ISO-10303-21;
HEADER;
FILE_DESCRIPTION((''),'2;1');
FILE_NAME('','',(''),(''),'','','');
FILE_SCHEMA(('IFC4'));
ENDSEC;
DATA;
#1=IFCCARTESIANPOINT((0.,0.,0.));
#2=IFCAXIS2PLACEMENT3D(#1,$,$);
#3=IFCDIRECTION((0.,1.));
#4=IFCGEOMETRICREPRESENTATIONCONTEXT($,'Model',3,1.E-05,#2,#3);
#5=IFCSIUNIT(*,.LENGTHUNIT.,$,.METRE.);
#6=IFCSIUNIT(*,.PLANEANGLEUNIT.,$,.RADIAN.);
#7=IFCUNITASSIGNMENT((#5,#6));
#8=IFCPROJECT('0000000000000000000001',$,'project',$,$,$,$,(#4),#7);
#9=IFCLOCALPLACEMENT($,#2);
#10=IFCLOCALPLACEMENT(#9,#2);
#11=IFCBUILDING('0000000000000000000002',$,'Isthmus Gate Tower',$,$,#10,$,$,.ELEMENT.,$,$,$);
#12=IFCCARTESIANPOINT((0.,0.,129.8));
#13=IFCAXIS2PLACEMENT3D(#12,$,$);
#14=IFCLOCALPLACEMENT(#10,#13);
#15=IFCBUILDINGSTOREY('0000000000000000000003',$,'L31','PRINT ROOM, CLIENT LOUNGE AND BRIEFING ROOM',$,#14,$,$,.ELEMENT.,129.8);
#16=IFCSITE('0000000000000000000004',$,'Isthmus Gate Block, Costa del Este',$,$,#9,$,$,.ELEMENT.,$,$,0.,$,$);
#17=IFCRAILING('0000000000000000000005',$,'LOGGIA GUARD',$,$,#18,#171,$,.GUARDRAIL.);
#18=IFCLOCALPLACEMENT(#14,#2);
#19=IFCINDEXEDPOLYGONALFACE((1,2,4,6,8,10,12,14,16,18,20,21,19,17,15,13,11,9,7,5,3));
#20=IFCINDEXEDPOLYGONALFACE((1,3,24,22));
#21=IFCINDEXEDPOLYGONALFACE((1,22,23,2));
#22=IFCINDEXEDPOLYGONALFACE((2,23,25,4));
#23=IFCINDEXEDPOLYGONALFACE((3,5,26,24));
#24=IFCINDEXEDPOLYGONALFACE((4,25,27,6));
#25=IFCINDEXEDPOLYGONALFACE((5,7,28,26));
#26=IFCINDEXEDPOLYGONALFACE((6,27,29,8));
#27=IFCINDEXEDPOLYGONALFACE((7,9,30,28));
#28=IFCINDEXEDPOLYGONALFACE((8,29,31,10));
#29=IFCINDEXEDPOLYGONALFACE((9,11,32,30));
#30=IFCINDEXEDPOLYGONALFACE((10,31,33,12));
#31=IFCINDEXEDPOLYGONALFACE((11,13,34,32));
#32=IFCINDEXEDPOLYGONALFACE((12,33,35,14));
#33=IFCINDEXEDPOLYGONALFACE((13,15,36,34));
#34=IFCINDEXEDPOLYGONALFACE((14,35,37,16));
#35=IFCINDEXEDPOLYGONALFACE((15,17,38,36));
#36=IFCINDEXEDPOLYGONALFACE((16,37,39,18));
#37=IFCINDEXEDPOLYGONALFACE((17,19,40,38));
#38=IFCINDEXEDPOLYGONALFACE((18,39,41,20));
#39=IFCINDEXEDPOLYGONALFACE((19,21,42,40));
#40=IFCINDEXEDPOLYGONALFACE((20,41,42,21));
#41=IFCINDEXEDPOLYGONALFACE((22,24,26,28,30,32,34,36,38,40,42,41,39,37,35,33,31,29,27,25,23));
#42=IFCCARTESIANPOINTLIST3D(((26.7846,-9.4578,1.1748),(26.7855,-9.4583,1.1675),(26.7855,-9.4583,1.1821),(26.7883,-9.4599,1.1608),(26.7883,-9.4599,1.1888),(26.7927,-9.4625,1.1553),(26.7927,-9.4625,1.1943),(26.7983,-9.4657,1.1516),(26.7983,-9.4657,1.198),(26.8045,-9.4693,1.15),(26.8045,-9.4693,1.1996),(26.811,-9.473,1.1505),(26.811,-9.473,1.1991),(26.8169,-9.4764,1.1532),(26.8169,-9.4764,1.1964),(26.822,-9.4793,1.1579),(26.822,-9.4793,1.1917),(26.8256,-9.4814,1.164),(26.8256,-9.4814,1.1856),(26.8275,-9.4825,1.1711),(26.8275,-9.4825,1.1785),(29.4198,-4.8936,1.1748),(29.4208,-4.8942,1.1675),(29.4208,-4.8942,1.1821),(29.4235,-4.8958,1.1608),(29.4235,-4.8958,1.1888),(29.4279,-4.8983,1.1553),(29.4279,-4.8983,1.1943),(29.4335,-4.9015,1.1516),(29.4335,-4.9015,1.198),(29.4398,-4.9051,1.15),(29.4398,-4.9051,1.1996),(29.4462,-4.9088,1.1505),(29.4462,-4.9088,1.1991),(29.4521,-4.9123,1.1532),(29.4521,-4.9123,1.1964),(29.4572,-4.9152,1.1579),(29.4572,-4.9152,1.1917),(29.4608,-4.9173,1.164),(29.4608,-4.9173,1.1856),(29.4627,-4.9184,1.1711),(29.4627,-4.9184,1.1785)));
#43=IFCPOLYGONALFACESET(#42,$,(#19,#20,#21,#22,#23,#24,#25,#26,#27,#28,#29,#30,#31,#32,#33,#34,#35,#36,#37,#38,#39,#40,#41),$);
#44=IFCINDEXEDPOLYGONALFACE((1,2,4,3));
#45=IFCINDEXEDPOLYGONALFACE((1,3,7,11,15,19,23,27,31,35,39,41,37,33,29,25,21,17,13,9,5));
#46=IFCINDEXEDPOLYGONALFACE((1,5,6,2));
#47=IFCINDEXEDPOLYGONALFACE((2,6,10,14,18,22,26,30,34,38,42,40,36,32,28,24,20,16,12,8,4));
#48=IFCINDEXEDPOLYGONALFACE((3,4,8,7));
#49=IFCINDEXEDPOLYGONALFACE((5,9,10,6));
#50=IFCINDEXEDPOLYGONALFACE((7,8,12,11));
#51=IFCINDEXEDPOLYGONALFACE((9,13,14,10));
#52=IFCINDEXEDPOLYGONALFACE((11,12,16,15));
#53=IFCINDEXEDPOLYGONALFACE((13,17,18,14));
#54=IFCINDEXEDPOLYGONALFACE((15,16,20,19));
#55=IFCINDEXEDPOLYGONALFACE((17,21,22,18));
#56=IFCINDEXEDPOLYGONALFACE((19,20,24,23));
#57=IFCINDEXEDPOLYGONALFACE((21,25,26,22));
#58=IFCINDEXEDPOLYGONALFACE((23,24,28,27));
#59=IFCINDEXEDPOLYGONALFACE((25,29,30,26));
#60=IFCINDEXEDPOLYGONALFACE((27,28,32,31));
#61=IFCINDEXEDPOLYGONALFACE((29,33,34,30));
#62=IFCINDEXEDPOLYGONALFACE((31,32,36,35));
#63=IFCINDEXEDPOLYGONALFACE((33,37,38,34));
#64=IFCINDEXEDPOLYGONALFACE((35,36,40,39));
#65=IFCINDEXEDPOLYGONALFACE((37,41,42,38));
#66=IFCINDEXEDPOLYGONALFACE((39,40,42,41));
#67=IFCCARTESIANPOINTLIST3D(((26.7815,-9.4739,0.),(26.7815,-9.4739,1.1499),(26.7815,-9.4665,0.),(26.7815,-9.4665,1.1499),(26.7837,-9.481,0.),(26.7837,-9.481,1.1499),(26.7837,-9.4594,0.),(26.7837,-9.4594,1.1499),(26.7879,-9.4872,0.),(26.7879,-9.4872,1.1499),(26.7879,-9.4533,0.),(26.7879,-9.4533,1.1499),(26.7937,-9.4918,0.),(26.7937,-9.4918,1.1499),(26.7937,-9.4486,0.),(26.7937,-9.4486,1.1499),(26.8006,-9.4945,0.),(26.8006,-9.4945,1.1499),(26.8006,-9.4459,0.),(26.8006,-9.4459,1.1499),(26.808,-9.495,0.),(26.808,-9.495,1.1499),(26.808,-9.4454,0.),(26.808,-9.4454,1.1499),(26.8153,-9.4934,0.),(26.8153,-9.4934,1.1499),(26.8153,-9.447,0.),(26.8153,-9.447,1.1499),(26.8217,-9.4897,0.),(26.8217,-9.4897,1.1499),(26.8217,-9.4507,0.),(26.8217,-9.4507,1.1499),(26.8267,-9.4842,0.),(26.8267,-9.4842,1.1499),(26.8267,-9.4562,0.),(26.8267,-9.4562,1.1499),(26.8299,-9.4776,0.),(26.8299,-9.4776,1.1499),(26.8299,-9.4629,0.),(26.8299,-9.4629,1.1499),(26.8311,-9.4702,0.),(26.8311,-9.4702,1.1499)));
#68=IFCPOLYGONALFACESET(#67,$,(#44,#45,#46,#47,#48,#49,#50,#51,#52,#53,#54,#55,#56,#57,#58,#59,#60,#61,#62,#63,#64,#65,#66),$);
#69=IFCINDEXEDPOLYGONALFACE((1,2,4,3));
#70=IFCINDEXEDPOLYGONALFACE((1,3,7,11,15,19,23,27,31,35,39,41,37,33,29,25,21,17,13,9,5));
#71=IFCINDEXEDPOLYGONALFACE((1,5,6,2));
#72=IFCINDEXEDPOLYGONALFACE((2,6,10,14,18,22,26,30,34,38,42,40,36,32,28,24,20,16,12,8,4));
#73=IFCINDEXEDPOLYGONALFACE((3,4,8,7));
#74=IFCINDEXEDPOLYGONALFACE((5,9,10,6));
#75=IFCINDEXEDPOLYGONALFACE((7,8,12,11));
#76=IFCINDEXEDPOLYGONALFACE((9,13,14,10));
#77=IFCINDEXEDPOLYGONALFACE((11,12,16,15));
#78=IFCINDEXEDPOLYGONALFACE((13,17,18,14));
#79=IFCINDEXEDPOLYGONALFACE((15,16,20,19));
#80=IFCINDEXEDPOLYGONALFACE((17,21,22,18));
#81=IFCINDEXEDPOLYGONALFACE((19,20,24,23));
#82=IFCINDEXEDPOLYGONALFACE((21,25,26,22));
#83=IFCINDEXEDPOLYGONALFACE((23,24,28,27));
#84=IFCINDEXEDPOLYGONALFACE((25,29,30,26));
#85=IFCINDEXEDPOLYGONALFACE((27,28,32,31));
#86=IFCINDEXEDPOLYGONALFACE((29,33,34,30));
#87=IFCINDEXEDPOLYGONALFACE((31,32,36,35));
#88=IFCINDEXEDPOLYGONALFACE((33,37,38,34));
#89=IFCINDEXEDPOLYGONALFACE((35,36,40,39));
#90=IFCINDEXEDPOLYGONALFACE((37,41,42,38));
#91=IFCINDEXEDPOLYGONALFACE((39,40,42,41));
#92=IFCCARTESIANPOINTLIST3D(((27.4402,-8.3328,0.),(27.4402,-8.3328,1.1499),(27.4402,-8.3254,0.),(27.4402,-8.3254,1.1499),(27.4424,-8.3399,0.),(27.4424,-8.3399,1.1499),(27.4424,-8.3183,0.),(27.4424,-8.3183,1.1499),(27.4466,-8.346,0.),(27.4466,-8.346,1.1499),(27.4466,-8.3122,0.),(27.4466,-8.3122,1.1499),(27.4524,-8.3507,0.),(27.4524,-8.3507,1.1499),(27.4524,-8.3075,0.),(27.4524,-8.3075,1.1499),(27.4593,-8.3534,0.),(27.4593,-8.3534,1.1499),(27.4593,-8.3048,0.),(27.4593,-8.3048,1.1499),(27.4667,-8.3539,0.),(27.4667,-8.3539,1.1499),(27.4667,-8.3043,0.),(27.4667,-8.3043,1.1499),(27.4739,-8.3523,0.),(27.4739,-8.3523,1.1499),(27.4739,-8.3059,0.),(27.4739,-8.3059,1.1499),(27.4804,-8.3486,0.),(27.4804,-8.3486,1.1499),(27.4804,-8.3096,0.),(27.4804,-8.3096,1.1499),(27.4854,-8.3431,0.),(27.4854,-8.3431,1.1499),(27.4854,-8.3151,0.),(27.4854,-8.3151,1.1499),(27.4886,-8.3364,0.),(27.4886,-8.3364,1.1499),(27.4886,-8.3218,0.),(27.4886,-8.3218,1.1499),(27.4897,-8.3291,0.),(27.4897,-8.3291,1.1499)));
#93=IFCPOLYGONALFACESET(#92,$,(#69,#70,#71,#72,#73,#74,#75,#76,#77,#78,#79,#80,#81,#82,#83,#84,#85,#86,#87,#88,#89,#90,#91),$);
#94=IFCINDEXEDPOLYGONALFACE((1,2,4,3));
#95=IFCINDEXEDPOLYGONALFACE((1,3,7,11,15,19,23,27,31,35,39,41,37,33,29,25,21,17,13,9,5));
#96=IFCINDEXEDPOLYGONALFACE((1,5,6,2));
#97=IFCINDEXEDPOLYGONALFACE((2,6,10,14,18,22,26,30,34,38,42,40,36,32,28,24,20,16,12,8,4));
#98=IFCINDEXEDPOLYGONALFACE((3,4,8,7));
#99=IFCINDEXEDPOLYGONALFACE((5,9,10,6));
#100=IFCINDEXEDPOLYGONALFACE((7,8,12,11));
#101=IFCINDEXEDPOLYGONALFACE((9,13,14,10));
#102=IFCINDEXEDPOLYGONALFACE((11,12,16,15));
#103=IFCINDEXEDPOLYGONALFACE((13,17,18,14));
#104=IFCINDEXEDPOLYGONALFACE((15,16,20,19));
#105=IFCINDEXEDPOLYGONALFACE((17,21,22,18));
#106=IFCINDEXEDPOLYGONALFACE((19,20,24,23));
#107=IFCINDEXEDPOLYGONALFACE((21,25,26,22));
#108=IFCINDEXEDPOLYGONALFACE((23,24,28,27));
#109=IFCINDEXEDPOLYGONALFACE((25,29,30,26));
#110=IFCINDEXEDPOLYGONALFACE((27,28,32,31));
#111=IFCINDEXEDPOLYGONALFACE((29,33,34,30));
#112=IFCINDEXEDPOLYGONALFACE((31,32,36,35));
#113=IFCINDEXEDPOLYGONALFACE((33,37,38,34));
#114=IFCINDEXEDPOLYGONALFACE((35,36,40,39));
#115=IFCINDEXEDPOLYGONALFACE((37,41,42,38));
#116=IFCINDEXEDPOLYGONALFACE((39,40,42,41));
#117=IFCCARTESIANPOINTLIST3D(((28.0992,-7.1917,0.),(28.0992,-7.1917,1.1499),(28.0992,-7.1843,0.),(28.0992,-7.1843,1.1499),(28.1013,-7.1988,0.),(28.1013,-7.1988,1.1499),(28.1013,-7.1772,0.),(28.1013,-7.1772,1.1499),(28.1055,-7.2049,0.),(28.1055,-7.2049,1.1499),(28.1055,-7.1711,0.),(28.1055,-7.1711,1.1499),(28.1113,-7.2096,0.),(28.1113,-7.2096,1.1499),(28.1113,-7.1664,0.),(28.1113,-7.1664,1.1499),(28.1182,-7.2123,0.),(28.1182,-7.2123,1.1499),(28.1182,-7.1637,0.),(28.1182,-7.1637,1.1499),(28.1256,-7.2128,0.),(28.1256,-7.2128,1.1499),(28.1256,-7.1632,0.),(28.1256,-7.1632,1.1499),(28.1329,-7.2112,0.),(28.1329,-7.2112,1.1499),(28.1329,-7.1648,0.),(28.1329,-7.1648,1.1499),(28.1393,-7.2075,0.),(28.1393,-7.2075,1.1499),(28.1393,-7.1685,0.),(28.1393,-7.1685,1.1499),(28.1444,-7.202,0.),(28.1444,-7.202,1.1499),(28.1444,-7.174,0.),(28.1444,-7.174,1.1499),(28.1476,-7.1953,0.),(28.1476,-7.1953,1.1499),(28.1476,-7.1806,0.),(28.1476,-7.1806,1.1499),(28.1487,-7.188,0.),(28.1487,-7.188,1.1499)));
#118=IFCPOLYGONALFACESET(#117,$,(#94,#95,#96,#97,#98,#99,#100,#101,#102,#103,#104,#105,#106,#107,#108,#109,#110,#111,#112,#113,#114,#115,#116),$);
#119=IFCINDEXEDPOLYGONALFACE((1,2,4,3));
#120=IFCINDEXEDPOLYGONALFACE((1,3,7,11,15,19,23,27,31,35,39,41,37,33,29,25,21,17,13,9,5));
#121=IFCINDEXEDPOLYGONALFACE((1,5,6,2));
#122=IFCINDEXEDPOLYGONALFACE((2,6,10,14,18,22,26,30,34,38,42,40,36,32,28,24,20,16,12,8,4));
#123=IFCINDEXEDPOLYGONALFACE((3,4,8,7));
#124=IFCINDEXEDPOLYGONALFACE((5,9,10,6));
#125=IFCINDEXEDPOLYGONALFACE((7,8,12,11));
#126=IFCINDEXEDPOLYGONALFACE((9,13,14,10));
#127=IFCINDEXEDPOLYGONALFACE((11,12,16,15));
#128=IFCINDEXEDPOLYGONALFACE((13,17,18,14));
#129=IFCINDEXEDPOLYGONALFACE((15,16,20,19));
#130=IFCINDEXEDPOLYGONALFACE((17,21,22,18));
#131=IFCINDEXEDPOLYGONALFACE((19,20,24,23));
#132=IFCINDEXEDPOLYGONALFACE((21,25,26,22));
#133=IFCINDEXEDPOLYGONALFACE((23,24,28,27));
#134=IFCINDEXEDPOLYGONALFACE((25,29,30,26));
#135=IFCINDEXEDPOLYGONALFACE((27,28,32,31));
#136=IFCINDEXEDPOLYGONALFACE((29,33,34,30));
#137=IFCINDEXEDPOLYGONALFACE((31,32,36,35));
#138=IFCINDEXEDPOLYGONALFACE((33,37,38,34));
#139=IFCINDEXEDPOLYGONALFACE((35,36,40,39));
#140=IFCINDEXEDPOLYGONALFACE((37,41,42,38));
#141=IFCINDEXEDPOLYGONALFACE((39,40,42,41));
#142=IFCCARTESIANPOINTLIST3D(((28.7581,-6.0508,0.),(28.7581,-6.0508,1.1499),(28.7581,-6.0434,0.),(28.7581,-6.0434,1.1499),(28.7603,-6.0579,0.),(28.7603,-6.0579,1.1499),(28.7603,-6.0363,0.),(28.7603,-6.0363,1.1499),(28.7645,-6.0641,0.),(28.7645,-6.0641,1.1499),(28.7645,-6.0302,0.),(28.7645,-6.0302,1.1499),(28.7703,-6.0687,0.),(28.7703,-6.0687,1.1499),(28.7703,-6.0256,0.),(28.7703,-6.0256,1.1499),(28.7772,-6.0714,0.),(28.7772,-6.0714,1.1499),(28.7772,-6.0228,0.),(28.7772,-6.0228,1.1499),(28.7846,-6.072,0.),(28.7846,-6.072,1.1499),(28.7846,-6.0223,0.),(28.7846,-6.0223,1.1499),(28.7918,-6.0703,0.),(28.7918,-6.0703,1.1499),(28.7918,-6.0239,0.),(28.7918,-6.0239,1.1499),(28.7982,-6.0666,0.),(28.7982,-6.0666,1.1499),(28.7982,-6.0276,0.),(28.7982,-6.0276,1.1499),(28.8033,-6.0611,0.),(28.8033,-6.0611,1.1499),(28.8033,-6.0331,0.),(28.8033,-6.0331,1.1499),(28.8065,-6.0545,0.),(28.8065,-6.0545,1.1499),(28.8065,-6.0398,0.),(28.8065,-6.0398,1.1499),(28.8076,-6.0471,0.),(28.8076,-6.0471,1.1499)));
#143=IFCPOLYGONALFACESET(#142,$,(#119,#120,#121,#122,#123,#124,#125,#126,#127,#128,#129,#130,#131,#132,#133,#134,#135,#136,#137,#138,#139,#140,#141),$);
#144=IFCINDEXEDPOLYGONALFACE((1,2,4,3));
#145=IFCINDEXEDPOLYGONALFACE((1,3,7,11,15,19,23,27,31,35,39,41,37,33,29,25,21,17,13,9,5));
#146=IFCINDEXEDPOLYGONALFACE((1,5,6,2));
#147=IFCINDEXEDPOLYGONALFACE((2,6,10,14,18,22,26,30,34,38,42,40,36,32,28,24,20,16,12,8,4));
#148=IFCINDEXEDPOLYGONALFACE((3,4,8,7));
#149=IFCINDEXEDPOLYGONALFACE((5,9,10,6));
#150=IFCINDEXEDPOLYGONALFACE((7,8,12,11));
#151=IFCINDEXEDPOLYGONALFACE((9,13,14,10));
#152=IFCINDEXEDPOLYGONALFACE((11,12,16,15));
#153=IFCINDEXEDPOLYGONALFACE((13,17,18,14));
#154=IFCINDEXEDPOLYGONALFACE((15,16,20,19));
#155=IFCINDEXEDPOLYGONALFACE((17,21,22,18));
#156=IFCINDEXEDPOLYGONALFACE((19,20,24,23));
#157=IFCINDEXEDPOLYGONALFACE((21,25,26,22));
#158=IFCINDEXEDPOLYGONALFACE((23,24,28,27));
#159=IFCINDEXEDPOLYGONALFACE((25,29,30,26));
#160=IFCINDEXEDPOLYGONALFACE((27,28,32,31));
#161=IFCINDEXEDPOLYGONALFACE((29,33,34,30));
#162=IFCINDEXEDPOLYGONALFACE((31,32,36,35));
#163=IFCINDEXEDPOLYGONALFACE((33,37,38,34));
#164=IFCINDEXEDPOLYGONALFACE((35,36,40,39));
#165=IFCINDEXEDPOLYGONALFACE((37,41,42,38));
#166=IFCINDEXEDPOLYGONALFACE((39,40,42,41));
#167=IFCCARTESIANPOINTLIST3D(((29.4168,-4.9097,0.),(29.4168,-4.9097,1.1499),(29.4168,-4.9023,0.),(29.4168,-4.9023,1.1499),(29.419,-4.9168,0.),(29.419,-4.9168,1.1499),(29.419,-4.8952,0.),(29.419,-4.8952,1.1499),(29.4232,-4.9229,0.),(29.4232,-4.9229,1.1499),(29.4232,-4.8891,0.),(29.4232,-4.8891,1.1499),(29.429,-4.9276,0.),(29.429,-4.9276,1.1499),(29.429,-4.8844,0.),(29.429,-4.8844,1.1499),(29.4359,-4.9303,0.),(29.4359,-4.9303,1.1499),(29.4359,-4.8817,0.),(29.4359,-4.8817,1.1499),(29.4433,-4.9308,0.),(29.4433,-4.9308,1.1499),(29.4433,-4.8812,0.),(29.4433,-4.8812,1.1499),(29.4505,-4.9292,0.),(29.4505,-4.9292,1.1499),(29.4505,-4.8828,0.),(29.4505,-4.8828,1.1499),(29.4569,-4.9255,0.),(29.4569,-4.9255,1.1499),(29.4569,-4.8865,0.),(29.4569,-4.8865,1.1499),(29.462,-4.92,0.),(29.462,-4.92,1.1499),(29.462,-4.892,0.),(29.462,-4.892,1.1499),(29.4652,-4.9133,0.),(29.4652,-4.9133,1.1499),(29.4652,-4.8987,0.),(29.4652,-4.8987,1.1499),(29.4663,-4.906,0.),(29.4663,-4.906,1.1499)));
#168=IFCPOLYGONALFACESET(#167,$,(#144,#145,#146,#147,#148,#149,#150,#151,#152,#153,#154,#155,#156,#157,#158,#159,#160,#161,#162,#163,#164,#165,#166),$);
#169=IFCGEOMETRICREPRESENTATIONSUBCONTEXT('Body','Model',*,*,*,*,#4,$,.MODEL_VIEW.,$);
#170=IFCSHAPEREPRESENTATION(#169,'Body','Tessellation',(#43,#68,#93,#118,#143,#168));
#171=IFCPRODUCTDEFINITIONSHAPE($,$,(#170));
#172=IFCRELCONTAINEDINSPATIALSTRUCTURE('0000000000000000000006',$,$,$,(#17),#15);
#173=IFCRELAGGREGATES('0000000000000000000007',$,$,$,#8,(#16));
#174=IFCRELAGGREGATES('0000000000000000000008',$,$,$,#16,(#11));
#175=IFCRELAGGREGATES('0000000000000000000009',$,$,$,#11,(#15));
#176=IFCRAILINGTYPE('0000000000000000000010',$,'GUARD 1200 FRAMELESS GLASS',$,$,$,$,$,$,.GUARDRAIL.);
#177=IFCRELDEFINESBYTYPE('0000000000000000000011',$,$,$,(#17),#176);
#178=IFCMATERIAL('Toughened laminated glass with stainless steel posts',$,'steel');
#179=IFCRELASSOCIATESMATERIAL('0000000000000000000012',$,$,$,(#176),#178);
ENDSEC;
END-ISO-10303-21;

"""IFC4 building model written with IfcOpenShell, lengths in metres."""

from ifc_helpers import new_model, si_unit, direction, frame, origin, origin_2d, place, context, subcontext, project, spatial, circle, extrude, material, type_object, element, save


model = new_model("IFC4")

# Units and contexts
model_context = context("Model", 3, precision=1e-05, world=origin(), true_north=direction((0.0, 1.0)))
body_context = subcontext(model_context, "Body", "Model", "MODEL_VIEW")
ifc_project = project(units=[si_unit("LENGTHUNIT", "METRE"), si_unit("PLANEANGLEUNIT", "RADIAN")], contexts=[model_context])

# Site, building, storey
site_placement = place(None, origin())
site = spatial("IfcSite", under=ifc_project, at=site_placement, Name="Isthmus Gate Block, Costa del Este", CompositionType="ELEMENT", RefElevation=0.0)
building_placement = place(site_placement, origin())
building = spatial("IfcBuilding", under=site, at=building_placement, Name="Isthmus Gate Tower", CompositionType="ELEMENT")
storey_placement = place(building_placement, frame((0.0, 0.0, 129.8)))
storey = spatial("IfcBuildingStorey", under=building, at=storey_placement, Name="L31", Description="PRINT ROOM, CLIENT LOUNGE AND BRIEFING ROOM", CompositionType="ELEMENT", Elevation=129.8)

# Railing
ifc_material_1 = material(Name="Toughened laminated glass with stainless steel posts", Category="steel")
railing_type = type_object("IfcRailingType", Name="GUARD 1200 FRAMELESS GLASS", PredefinedType="GUARDRAIL", material=ifc_material_1)
railing_placement = place(storey_placement, frame((26.8062, -9.4702, 0.0)))
element("IfcRailing", 1, at=railing_placement, inside=storey, type_object=railing_type, Name="LOGGIA GUARD", PredefinedType="GUARDRAIL", context=body_context, shape_type="SweptSolid", body=[
    extrude(circle(Radius=0.0249, at=origin_2d()), frame((0.0, 0.0, 1.1748), z_axis=(0.500015, 0.866017, 0.0), x_axis=(-0.866017, 0.500015, 0.0)), (0.0, 0.0, 1.0), 5.2703),
    extrude(circle(Radius=0.0249, at=origin_2d()), origin(), (0.0, 0.0, 1.0), 1.1499),
    extrude(circle(Radius=0.0249, at=origin_2d()), frame((0.6587, 1.1411, 0.0)), (0.0, 0.0, 1.0), 1.1499),
    extrude(circle(Radius=0.0249, at=origin_2d()), frame((1.3176, 2.2822, 0.0)), (0.0, 0.0, 1.0), 1.1499),
    extrude(circle(Radius=0.0249, at=origin_2d()), frame((1.9766, 3.4231, 0.0)), (0.0, 0.0, 1.0), 1.1499),
    extrude(circle(Radius=0.0249, at=origin_2d()), frame((2.6353, 4.5642, 0.0)), (0.0, 0.0, 1.0), 1.1499),
])

save(model, "model.ifc")
